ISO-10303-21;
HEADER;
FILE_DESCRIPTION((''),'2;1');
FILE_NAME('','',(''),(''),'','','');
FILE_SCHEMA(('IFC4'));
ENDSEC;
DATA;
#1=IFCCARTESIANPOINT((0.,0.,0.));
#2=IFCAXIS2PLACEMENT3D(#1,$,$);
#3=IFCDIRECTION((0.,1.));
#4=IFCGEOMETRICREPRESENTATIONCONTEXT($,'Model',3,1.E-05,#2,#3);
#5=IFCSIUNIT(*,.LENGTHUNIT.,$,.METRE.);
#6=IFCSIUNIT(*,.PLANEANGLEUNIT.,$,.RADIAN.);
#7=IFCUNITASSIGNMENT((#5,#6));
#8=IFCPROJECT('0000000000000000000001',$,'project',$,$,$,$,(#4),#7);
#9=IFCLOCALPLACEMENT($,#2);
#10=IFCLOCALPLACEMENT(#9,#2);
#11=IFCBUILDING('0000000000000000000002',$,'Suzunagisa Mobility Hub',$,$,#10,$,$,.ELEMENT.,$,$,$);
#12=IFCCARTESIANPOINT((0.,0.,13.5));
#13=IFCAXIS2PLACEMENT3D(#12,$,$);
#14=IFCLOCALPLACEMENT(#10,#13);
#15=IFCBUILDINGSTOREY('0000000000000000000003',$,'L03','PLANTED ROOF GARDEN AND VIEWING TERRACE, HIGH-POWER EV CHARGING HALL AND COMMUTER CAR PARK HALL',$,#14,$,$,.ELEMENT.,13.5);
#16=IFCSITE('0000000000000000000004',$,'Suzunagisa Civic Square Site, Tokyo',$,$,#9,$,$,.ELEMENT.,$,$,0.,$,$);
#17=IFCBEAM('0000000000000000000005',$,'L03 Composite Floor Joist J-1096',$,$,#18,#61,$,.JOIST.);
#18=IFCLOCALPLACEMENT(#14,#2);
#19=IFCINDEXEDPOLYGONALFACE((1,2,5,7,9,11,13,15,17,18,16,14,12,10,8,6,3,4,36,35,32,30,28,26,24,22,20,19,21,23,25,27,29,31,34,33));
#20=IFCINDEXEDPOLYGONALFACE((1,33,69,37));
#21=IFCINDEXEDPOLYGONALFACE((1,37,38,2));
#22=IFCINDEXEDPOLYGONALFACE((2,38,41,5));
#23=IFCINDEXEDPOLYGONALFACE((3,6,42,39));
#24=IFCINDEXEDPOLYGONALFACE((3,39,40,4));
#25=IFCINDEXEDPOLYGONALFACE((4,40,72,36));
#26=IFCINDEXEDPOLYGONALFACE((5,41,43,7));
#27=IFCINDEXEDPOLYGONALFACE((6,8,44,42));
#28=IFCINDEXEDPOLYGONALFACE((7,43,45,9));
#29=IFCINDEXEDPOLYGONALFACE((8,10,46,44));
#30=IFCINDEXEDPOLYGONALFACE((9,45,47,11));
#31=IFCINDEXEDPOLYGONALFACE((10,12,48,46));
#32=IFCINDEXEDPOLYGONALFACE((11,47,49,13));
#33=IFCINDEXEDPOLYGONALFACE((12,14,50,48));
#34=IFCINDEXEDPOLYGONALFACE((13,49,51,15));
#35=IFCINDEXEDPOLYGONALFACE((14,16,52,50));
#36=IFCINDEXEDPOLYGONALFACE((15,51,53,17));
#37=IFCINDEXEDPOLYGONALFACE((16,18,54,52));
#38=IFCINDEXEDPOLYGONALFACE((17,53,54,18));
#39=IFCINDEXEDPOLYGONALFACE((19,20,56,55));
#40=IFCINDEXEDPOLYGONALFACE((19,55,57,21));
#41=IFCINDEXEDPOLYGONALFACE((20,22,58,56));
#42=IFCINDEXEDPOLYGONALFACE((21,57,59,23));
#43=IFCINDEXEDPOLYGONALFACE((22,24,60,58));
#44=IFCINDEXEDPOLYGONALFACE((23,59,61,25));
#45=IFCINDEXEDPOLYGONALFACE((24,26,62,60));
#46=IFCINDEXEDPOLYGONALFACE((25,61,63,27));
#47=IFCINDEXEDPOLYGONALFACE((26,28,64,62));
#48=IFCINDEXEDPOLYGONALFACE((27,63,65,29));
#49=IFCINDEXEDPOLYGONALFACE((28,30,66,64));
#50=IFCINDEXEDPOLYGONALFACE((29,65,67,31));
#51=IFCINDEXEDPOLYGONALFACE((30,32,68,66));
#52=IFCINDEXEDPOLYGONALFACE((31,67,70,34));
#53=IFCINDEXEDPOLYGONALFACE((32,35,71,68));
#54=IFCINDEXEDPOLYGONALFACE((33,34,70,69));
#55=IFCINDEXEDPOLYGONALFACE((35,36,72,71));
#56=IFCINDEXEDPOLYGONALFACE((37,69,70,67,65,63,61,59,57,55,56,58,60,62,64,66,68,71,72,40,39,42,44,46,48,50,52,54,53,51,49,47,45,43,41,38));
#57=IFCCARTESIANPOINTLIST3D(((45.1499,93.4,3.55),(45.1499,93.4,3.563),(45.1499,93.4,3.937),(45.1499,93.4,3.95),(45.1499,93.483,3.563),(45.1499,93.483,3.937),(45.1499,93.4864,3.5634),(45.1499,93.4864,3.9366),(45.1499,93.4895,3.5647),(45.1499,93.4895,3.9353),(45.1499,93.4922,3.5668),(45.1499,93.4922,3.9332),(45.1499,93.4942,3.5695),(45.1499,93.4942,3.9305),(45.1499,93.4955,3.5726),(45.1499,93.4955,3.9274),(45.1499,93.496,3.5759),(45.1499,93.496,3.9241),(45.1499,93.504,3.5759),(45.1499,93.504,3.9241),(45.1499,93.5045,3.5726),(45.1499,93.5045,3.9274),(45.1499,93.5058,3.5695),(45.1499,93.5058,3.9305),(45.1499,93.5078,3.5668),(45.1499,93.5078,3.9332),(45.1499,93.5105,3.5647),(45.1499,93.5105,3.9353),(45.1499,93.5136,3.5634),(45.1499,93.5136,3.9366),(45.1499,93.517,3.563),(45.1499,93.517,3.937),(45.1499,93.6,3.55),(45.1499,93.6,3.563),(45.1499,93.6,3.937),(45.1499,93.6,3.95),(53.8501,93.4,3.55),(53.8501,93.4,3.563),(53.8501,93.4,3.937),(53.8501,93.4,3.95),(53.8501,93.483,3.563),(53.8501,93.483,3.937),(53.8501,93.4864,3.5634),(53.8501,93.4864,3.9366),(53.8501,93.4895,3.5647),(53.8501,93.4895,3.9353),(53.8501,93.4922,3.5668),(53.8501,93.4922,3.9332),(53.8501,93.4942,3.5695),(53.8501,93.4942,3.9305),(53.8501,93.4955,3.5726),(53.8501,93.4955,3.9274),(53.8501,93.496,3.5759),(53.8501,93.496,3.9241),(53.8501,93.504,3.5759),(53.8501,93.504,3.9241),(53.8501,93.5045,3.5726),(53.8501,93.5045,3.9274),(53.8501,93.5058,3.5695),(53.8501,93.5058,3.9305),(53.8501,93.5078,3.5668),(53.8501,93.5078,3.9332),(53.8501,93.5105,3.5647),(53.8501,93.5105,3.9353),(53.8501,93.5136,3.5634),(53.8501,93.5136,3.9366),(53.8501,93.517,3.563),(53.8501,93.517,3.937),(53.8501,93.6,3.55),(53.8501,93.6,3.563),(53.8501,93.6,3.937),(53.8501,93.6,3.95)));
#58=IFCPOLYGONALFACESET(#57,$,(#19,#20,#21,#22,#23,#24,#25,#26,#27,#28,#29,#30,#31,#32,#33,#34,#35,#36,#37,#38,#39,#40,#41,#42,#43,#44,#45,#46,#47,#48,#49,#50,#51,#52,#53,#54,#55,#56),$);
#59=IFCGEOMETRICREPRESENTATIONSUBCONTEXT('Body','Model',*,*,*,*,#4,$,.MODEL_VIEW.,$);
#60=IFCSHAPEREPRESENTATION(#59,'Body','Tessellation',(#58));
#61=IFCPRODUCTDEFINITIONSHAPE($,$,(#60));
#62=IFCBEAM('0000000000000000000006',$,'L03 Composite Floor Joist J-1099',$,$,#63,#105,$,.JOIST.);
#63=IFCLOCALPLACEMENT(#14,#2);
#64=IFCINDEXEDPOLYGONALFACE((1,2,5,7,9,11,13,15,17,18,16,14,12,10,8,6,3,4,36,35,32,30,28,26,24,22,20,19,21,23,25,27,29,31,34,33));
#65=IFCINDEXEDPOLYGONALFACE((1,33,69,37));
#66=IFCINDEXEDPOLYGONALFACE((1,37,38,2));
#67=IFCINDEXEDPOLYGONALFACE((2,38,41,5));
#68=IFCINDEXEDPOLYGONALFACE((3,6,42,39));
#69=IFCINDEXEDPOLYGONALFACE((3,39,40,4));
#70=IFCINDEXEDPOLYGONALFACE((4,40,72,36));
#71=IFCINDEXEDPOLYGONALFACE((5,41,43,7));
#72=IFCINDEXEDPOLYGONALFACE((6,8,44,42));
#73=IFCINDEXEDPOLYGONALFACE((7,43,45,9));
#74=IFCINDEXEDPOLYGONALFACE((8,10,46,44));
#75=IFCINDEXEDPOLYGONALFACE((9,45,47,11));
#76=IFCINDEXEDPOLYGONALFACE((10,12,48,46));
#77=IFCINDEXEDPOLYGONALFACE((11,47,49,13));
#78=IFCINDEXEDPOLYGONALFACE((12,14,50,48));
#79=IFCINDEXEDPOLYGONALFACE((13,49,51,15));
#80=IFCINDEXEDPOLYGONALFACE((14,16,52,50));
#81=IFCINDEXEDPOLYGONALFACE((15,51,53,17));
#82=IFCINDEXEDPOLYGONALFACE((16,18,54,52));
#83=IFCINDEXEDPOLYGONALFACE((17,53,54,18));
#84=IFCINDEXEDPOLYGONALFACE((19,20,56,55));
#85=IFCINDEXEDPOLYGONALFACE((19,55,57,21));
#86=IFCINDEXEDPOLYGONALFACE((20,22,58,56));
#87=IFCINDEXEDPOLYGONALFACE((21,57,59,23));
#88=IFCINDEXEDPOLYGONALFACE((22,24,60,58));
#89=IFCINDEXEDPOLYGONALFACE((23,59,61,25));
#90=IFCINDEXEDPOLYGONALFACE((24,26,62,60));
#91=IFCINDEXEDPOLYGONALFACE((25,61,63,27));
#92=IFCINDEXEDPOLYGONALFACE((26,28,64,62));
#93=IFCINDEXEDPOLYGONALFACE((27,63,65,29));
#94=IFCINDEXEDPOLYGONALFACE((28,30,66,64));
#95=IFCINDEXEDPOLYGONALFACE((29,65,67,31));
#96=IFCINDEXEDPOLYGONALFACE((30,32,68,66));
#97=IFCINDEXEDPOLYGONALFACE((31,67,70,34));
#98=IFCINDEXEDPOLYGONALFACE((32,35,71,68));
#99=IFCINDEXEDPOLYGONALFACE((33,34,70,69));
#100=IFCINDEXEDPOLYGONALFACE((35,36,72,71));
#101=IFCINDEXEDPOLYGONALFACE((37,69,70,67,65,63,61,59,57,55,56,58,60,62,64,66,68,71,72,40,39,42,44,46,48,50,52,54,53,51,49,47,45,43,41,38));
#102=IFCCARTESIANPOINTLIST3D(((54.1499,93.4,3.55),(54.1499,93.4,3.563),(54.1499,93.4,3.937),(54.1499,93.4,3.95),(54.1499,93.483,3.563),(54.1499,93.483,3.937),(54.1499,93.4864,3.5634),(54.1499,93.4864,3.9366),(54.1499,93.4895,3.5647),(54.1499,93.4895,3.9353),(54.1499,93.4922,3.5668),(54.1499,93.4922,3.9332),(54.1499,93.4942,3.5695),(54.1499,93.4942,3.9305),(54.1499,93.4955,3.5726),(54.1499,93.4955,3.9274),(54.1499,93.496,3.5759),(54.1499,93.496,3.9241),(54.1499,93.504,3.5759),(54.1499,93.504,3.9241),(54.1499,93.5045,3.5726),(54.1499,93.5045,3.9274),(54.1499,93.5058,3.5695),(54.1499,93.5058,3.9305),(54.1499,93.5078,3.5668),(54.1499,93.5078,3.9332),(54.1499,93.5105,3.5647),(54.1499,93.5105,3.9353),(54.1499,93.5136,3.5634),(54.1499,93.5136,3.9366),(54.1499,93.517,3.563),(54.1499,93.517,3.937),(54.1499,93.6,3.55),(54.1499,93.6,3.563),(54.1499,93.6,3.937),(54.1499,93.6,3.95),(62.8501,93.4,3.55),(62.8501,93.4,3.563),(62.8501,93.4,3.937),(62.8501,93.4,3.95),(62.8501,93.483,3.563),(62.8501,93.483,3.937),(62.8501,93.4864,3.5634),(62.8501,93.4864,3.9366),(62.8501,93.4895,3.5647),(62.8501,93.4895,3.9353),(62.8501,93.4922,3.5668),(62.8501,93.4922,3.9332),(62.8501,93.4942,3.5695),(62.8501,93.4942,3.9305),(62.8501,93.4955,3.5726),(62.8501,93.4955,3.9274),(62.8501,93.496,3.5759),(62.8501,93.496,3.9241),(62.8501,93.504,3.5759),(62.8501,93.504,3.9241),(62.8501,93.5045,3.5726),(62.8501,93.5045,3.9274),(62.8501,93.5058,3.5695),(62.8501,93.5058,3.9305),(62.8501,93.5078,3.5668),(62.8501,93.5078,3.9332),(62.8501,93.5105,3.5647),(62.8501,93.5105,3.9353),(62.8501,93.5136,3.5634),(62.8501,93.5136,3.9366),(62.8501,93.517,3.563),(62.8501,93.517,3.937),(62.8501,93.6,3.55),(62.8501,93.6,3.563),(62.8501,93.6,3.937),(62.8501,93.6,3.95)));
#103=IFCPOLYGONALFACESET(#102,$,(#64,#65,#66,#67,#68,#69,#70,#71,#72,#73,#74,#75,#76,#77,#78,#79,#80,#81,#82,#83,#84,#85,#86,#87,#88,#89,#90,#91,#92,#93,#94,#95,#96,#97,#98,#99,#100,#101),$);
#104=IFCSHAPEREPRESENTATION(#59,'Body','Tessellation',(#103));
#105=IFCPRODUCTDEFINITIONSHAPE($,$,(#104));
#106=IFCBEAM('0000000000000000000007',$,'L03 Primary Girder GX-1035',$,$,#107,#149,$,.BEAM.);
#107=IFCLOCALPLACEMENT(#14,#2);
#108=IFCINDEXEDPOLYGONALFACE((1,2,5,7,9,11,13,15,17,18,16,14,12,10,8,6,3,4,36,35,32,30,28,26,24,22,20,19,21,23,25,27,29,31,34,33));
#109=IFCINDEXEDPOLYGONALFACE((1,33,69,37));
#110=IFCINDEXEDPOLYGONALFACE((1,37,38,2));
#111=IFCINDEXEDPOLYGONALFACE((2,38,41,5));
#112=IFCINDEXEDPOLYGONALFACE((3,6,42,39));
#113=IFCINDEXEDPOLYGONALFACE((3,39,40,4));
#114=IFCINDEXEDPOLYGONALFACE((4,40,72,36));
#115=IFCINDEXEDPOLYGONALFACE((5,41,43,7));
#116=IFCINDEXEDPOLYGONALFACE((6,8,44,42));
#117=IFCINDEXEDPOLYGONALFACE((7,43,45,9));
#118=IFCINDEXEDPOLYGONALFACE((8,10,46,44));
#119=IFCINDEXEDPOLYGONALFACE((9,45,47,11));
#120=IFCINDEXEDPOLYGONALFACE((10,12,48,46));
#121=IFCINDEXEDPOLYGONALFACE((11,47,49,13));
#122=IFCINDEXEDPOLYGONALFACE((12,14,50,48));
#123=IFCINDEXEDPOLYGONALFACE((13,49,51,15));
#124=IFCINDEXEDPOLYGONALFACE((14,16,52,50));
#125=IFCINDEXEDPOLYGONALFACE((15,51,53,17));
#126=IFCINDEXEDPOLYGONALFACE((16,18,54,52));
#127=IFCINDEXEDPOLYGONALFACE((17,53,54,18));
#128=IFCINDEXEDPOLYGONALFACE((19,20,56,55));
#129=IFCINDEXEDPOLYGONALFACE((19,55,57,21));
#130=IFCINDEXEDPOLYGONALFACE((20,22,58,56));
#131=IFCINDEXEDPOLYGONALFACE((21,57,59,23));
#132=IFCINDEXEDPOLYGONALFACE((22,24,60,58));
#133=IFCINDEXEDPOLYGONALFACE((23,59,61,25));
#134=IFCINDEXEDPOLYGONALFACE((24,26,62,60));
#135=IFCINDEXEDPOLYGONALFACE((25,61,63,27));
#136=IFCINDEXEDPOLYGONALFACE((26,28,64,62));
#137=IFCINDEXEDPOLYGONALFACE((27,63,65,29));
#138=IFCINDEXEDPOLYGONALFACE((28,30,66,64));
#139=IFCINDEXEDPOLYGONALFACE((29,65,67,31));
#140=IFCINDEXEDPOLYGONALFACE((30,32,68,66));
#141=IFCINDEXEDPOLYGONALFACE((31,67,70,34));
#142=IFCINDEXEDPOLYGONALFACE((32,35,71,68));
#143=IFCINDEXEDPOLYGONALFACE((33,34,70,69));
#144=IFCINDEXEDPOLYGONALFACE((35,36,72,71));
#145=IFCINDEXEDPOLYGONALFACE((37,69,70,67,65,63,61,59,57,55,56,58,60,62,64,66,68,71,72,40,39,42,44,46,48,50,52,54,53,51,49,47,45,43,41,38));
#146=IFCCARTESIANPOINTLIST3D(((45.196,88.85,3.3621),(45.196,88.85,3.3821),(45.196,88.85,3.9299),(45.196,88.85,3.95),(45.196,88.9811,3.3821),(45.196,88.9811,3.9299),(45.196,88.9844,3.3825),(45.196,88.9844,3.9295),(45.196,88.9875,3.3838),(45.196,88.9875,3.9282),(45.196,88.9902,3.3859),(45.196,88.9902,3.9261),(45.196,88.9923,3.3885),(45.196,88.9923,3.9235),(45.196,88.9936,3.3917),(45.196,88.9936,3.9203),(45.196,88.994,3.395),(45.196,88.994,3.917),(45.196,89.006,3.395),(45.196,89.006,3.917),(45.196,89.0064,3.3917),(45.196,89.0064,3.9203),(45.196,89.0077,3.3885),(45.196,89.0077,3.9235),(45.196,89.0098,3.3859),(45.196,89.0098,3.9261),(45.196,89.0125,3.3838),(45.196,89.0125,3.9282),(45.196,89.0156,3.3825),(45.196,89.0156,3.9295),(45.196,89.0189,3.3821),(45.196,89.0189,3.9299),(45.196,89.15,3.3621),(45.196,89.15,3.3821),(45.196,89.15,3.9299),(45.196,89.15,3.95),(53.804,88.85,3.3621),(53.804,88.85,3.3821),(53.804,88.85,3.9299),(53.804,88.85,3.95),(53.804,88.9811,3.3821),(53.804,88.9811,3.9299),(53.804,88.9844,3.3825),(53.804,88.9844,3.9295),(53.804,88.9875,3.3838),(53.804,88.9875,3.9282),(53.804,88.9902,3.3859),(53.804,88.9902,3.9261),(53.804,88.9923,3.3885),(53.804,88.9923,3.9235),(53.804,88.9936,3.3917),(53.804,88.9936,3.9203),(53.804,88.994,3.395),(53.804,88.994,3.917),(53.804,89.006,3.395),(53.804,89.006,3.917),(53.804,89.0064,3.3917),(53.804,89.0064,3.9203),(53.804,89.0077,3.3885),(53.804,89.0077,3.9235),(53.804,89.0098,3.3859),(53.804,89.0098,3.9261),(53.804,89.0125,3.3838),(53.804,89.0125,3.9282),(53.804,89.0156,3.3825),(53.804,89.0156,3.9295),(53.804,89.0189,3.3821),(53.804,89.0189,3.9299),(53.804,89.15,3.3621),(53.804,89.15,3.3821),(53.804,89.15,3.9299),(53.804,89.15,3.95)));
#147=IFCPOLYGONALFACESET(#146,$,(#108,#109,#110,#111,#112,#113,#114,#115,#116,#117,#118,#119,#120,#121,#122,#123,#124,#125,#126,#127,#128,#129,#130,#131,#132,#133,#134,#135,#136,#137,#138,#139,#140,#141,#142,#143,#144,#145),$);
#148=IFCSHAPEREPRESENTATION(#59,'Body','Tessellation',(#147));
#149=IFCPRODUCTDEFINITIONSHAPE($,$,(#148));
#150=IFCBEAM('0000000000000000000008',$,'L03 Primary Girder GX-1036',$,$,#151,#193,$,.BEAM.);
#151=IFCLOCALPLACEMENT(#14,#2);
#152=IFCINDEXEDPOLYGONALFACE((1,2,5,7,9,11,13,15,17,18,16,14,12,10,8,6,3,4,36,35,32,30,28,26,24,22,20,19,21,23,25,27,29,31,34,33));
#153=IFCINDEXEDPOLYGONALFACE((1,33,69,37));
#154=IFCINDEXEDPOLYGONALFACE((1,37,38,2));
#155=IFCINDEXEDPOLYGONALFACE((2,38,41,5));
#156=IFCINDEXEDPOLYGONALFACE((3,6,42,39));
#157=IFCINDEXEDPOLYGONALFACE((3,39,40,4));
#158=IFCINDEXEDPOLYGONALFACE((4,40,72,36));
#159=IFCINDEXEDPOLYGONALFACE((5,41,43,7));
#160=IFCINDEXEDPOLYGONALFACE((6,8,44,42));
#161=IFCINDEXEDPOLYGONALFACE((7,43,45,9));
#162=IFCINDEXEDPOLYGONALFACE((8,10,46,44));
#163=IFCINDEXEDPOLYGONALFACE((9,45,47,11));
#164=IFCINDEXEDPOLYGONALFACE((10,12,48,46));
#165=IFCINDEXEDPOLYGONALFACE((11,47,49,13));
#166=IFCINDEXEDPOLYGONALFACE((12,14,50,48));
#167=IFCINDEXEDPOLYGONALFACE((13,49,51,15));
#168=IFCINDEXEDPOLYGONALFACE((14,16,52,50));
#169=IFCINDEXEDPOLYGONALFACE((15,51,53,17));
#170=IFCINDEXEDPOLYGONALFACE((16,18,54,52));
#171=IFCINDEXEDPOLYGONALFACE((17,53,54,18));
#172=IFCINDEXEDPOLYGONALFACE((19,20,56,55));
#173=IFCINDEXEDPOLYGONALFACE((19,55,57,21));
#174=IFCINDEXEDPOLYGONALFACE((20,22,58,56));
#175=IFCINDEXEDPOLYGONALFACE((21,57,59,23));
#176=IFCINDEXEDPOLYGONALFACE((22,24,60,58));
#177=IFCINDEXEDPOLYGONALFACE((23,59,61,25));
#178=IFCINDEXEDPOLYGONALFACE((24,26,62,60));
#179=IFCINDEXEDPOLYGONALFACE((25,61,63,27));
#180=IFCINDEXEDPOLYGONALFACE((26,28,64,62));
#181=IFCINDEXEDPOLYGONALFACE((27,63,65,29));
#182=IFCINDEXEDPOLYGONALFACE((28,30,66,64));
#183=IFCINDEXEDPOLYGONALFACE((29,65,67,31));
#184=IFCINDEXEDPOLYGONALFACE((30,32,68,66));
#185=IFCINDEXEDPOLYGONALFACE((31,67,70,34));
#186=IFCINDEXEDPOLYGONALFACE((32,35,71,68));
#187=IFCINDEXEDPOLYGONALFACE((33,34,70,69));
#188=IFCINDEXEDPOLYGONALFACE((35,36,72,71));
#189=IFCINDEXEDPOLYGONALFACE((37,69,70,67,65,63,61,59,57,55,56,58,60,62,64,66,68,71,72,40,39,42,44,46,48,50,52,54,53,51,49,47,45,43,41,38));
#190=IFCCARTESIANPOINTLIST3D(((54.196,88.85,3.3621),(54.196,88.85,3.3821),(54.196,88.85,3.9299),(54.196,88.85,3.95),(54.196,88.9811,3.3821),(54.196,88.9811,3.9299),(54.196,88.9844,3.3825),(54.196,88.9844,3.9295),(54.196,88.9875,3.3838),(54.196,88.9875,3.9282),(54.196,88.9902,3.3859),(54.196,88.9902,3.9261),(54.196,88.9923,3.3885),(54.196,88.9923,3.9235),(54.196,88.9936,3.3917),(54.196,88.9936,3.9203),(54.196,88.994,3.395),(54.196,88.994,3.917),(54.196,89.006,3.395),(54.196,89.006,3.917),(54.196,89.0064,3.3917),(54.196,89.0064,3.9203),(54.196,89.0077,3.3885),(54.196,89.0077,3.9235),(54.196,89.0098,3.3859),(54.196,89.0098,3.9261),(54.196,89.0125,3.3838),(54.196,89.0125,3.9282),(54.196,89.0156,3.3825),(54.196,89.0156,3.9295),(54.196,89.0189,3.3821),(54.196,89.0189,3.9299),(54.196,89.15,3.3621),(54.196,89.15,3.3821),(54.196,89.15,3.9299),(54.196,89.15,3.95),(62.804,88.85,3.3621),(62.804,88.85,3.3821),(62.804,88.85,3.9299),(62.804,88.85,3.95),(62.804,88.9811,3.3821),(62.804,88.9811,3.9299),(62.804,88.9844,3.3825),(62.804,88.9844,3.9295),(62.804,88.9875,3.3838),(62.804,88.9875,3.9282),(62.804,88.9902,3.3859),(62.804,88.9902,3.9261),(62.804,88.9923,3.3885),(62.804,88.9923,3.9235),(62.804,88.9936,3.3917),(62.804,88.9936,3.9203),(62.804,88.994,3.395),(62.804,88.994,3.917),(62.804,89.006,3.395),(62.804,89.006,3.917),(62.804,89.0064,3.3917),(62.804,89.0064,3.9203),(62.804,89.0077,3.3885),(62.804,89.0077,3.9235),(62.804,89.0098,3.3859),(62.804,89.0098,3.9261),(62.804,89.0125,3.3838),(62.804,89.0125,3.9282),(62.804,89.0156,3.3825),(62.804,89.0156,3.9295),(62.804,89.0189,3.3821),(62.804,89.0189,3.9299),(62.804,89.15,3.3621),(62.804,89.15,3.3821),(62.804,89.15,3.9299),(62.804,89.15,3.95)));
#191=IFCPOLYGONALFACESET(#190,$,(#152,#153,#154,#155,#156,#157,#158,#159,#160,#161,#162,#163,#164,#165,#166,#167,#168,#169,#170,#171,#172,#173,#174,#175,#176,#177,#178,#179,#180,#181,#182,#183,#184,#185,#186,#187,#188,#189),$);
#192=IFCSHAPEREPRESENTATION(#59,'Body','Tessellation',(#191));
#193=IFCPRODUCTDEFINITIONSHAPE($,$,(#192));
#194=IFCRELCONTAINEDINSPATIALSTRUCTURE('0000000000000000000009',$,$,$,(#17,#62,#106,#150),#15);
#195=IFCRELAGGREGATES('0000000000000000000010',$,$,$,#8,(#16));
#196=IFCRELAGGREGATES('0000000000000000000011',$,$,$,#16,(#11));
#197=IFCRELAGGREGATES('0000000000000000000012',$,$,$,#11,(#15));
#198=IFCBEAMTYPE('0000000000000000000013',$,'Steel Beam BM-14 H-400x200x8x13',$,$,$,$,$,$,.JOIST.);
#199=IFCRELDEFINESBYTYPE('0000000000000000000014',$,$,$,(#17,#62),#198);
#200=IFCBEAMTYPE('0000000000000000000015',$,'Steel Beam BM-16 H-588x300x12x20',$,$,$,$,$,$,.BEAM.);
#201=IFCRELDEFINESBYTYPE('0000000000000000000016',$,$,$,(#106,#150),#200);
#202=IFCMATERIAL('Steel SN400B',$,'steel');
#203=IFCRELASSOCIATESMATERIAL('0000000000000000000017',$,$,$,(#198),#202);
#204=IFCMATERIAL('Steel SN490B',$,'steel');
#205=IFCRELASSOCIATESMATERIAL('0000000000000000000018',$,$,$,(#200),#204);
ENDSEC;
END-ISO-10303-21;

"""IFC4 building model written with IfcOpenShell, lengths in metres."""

from ifc_helpers import new_model, si_unit, direction, frame, origin, origin_2d, place, context, subcontext, project, spatial, i_section, extrude, material, material_profile, profile_set, type_object, element, save


model = new_model("IFC4")

# Units and contexts
model_context = context("Model", 3, precision=1e-05, world=origin(), true_north=direction((0.0, 1.0)))
body_context = subcontext(model_context, "Body", "Model", "MODEL_VIEW")
ifc_project = project(units=[si_unit("LENGTHUNIT", "METRE"), si_unit("PLANEANGLEUNIT", "RADIAN")], contexts=[model_context])

# Site, building, storey
site_placement = place(None, origin())
site = spatial("IfcSite", under=ifc_project, at=site_placement, Name="Suzunagisa Civic Square Site, Tokyo", CompositionType="ELEMENT", RefElevation=0.0)
building_placement = place(site_placement, origin())
building = spatial("IfcBuilding", under=site, at=building_placement, Name="Suzunagisa Mobility Hub", CompositionType="ELEMENT")
storey_placement = place(building_placement, frame((0.0, 0.0, 13.5)))
storey = spatial("IfcBuildingStorey", under=building, at=storey_placement, Name="L03", Description="PLANTED ROOF GARDEN AND VIEWING TERRACE, HIGH-POWER EV CHARGING HALL AND COMMUTER CAR PARK HALL", CompositionType="ELEMENT", Elevation=13.5)

# Shared definitions
ifc_material_1 = material(Name="Steel SN490B", Category="steel")

# Beams
ifc_material_2 = material(Name="Steel SN400B", Category="steel")
ifc_material_profile_1 = material_profile(ifc_material_2, i_section(OverallWidth=0.2, OverallDepth=0.3999, WebThickness=0.0081, FlangeThickness=0.0129, FilletRadius=0.0129, at=origin_2d()), Name="H-400x200x8x13")
ifc_profile_set_1 = profile_set([ifc_material_profile_1], Name="Steel SN400B")
beam_type_1 = type_object("IfcBeamType", Name="Steel Beam BM-14 H-400x200x8x13", PredefinedType="JOIST", material=ifc_profile_set_1)
for number, where, z_axis, x_axis, name in (
    (1, (45.1499, 93.5, 3.75), (1.0, 0.0, 0.0), (0.0, 1.0, 0.0), "L03 Composite Floor Joist J-1096"),
    (2, (54.1499, 93.5, 3.75), (1.0, 0.0, 0.0), (0.0, 1.0, 0.0), "L03 Composite Floor Joist J-1099"),
):
    element("IfcBeam", number, at=place(storey_placement, frame(where, z_axis=z_axis, x_axis=x_axis)), inside=storey, type_object=beam_type_1, Name=name, PredefinedType="JOIST", context=body_context, shape_type="SweptSolid", body=[
        extrude(i_section(OverallWidth=0.2, OverallDepth=0.3999, WebThickness=0.0081, FlangeThickness=0.0129, FilletRadius=0.0129, at=origin_2d()), origin(), (0.0, 0.0, 1.0), 8.7002),
    ])
ifc_material_profile_2 = material_profile(ifc_material_1, i_section(OverallWidth=0.3, OverallDepth=0.5879, WebThickness=0.012, FlangeThickness=0.02, FilletRadius=0.0129, at=origin_2d()), Name="H-588x300x12x20")
ifc_profile_set_2 = profile_set([ifc_material_profile_2], Name="Steel SN490B")
beam_type_2 = type_object("IfcBeamType", Name="Steel Beam BM-16 H-588x300x12x20", PredefinedType="BEAM", material=ifc_profile_set_2)
for number, where, z_axis, x_axis, name in (
    (3, (45.196, 89.0, 3.656), (1.0, 0.0, 0.0), (0.0, 1.0, 0.0), "L03 Primary Girder GX-1035"),
    (4, (54.196, 89.0, 3.656), (1.0, 0.0, 0.0), (0.0, 1.0, 0.0), "L03 Primary Girder GX-1036"),
):
    element("IfcBeam", number, at=place(storey_placement, frame(where, z_axis=z_axis, x_axis=x_axis)), inside=storey, type_object=beam_type_2, Name=name, PredefinedType="BEAM", context=body_context, shape_type="SweptSolid", body=[
        extrude(i_section(OverallWidth=0.3, OverallDepth=0.5879, WebThickness=0.012, FlangeThickness=0.02, FilletRadius=0.0129, at=origin_2d()), origin(), (0.0, 0.0, 1.0), 8.6079),
    ])

save(model, "model.ifc")
